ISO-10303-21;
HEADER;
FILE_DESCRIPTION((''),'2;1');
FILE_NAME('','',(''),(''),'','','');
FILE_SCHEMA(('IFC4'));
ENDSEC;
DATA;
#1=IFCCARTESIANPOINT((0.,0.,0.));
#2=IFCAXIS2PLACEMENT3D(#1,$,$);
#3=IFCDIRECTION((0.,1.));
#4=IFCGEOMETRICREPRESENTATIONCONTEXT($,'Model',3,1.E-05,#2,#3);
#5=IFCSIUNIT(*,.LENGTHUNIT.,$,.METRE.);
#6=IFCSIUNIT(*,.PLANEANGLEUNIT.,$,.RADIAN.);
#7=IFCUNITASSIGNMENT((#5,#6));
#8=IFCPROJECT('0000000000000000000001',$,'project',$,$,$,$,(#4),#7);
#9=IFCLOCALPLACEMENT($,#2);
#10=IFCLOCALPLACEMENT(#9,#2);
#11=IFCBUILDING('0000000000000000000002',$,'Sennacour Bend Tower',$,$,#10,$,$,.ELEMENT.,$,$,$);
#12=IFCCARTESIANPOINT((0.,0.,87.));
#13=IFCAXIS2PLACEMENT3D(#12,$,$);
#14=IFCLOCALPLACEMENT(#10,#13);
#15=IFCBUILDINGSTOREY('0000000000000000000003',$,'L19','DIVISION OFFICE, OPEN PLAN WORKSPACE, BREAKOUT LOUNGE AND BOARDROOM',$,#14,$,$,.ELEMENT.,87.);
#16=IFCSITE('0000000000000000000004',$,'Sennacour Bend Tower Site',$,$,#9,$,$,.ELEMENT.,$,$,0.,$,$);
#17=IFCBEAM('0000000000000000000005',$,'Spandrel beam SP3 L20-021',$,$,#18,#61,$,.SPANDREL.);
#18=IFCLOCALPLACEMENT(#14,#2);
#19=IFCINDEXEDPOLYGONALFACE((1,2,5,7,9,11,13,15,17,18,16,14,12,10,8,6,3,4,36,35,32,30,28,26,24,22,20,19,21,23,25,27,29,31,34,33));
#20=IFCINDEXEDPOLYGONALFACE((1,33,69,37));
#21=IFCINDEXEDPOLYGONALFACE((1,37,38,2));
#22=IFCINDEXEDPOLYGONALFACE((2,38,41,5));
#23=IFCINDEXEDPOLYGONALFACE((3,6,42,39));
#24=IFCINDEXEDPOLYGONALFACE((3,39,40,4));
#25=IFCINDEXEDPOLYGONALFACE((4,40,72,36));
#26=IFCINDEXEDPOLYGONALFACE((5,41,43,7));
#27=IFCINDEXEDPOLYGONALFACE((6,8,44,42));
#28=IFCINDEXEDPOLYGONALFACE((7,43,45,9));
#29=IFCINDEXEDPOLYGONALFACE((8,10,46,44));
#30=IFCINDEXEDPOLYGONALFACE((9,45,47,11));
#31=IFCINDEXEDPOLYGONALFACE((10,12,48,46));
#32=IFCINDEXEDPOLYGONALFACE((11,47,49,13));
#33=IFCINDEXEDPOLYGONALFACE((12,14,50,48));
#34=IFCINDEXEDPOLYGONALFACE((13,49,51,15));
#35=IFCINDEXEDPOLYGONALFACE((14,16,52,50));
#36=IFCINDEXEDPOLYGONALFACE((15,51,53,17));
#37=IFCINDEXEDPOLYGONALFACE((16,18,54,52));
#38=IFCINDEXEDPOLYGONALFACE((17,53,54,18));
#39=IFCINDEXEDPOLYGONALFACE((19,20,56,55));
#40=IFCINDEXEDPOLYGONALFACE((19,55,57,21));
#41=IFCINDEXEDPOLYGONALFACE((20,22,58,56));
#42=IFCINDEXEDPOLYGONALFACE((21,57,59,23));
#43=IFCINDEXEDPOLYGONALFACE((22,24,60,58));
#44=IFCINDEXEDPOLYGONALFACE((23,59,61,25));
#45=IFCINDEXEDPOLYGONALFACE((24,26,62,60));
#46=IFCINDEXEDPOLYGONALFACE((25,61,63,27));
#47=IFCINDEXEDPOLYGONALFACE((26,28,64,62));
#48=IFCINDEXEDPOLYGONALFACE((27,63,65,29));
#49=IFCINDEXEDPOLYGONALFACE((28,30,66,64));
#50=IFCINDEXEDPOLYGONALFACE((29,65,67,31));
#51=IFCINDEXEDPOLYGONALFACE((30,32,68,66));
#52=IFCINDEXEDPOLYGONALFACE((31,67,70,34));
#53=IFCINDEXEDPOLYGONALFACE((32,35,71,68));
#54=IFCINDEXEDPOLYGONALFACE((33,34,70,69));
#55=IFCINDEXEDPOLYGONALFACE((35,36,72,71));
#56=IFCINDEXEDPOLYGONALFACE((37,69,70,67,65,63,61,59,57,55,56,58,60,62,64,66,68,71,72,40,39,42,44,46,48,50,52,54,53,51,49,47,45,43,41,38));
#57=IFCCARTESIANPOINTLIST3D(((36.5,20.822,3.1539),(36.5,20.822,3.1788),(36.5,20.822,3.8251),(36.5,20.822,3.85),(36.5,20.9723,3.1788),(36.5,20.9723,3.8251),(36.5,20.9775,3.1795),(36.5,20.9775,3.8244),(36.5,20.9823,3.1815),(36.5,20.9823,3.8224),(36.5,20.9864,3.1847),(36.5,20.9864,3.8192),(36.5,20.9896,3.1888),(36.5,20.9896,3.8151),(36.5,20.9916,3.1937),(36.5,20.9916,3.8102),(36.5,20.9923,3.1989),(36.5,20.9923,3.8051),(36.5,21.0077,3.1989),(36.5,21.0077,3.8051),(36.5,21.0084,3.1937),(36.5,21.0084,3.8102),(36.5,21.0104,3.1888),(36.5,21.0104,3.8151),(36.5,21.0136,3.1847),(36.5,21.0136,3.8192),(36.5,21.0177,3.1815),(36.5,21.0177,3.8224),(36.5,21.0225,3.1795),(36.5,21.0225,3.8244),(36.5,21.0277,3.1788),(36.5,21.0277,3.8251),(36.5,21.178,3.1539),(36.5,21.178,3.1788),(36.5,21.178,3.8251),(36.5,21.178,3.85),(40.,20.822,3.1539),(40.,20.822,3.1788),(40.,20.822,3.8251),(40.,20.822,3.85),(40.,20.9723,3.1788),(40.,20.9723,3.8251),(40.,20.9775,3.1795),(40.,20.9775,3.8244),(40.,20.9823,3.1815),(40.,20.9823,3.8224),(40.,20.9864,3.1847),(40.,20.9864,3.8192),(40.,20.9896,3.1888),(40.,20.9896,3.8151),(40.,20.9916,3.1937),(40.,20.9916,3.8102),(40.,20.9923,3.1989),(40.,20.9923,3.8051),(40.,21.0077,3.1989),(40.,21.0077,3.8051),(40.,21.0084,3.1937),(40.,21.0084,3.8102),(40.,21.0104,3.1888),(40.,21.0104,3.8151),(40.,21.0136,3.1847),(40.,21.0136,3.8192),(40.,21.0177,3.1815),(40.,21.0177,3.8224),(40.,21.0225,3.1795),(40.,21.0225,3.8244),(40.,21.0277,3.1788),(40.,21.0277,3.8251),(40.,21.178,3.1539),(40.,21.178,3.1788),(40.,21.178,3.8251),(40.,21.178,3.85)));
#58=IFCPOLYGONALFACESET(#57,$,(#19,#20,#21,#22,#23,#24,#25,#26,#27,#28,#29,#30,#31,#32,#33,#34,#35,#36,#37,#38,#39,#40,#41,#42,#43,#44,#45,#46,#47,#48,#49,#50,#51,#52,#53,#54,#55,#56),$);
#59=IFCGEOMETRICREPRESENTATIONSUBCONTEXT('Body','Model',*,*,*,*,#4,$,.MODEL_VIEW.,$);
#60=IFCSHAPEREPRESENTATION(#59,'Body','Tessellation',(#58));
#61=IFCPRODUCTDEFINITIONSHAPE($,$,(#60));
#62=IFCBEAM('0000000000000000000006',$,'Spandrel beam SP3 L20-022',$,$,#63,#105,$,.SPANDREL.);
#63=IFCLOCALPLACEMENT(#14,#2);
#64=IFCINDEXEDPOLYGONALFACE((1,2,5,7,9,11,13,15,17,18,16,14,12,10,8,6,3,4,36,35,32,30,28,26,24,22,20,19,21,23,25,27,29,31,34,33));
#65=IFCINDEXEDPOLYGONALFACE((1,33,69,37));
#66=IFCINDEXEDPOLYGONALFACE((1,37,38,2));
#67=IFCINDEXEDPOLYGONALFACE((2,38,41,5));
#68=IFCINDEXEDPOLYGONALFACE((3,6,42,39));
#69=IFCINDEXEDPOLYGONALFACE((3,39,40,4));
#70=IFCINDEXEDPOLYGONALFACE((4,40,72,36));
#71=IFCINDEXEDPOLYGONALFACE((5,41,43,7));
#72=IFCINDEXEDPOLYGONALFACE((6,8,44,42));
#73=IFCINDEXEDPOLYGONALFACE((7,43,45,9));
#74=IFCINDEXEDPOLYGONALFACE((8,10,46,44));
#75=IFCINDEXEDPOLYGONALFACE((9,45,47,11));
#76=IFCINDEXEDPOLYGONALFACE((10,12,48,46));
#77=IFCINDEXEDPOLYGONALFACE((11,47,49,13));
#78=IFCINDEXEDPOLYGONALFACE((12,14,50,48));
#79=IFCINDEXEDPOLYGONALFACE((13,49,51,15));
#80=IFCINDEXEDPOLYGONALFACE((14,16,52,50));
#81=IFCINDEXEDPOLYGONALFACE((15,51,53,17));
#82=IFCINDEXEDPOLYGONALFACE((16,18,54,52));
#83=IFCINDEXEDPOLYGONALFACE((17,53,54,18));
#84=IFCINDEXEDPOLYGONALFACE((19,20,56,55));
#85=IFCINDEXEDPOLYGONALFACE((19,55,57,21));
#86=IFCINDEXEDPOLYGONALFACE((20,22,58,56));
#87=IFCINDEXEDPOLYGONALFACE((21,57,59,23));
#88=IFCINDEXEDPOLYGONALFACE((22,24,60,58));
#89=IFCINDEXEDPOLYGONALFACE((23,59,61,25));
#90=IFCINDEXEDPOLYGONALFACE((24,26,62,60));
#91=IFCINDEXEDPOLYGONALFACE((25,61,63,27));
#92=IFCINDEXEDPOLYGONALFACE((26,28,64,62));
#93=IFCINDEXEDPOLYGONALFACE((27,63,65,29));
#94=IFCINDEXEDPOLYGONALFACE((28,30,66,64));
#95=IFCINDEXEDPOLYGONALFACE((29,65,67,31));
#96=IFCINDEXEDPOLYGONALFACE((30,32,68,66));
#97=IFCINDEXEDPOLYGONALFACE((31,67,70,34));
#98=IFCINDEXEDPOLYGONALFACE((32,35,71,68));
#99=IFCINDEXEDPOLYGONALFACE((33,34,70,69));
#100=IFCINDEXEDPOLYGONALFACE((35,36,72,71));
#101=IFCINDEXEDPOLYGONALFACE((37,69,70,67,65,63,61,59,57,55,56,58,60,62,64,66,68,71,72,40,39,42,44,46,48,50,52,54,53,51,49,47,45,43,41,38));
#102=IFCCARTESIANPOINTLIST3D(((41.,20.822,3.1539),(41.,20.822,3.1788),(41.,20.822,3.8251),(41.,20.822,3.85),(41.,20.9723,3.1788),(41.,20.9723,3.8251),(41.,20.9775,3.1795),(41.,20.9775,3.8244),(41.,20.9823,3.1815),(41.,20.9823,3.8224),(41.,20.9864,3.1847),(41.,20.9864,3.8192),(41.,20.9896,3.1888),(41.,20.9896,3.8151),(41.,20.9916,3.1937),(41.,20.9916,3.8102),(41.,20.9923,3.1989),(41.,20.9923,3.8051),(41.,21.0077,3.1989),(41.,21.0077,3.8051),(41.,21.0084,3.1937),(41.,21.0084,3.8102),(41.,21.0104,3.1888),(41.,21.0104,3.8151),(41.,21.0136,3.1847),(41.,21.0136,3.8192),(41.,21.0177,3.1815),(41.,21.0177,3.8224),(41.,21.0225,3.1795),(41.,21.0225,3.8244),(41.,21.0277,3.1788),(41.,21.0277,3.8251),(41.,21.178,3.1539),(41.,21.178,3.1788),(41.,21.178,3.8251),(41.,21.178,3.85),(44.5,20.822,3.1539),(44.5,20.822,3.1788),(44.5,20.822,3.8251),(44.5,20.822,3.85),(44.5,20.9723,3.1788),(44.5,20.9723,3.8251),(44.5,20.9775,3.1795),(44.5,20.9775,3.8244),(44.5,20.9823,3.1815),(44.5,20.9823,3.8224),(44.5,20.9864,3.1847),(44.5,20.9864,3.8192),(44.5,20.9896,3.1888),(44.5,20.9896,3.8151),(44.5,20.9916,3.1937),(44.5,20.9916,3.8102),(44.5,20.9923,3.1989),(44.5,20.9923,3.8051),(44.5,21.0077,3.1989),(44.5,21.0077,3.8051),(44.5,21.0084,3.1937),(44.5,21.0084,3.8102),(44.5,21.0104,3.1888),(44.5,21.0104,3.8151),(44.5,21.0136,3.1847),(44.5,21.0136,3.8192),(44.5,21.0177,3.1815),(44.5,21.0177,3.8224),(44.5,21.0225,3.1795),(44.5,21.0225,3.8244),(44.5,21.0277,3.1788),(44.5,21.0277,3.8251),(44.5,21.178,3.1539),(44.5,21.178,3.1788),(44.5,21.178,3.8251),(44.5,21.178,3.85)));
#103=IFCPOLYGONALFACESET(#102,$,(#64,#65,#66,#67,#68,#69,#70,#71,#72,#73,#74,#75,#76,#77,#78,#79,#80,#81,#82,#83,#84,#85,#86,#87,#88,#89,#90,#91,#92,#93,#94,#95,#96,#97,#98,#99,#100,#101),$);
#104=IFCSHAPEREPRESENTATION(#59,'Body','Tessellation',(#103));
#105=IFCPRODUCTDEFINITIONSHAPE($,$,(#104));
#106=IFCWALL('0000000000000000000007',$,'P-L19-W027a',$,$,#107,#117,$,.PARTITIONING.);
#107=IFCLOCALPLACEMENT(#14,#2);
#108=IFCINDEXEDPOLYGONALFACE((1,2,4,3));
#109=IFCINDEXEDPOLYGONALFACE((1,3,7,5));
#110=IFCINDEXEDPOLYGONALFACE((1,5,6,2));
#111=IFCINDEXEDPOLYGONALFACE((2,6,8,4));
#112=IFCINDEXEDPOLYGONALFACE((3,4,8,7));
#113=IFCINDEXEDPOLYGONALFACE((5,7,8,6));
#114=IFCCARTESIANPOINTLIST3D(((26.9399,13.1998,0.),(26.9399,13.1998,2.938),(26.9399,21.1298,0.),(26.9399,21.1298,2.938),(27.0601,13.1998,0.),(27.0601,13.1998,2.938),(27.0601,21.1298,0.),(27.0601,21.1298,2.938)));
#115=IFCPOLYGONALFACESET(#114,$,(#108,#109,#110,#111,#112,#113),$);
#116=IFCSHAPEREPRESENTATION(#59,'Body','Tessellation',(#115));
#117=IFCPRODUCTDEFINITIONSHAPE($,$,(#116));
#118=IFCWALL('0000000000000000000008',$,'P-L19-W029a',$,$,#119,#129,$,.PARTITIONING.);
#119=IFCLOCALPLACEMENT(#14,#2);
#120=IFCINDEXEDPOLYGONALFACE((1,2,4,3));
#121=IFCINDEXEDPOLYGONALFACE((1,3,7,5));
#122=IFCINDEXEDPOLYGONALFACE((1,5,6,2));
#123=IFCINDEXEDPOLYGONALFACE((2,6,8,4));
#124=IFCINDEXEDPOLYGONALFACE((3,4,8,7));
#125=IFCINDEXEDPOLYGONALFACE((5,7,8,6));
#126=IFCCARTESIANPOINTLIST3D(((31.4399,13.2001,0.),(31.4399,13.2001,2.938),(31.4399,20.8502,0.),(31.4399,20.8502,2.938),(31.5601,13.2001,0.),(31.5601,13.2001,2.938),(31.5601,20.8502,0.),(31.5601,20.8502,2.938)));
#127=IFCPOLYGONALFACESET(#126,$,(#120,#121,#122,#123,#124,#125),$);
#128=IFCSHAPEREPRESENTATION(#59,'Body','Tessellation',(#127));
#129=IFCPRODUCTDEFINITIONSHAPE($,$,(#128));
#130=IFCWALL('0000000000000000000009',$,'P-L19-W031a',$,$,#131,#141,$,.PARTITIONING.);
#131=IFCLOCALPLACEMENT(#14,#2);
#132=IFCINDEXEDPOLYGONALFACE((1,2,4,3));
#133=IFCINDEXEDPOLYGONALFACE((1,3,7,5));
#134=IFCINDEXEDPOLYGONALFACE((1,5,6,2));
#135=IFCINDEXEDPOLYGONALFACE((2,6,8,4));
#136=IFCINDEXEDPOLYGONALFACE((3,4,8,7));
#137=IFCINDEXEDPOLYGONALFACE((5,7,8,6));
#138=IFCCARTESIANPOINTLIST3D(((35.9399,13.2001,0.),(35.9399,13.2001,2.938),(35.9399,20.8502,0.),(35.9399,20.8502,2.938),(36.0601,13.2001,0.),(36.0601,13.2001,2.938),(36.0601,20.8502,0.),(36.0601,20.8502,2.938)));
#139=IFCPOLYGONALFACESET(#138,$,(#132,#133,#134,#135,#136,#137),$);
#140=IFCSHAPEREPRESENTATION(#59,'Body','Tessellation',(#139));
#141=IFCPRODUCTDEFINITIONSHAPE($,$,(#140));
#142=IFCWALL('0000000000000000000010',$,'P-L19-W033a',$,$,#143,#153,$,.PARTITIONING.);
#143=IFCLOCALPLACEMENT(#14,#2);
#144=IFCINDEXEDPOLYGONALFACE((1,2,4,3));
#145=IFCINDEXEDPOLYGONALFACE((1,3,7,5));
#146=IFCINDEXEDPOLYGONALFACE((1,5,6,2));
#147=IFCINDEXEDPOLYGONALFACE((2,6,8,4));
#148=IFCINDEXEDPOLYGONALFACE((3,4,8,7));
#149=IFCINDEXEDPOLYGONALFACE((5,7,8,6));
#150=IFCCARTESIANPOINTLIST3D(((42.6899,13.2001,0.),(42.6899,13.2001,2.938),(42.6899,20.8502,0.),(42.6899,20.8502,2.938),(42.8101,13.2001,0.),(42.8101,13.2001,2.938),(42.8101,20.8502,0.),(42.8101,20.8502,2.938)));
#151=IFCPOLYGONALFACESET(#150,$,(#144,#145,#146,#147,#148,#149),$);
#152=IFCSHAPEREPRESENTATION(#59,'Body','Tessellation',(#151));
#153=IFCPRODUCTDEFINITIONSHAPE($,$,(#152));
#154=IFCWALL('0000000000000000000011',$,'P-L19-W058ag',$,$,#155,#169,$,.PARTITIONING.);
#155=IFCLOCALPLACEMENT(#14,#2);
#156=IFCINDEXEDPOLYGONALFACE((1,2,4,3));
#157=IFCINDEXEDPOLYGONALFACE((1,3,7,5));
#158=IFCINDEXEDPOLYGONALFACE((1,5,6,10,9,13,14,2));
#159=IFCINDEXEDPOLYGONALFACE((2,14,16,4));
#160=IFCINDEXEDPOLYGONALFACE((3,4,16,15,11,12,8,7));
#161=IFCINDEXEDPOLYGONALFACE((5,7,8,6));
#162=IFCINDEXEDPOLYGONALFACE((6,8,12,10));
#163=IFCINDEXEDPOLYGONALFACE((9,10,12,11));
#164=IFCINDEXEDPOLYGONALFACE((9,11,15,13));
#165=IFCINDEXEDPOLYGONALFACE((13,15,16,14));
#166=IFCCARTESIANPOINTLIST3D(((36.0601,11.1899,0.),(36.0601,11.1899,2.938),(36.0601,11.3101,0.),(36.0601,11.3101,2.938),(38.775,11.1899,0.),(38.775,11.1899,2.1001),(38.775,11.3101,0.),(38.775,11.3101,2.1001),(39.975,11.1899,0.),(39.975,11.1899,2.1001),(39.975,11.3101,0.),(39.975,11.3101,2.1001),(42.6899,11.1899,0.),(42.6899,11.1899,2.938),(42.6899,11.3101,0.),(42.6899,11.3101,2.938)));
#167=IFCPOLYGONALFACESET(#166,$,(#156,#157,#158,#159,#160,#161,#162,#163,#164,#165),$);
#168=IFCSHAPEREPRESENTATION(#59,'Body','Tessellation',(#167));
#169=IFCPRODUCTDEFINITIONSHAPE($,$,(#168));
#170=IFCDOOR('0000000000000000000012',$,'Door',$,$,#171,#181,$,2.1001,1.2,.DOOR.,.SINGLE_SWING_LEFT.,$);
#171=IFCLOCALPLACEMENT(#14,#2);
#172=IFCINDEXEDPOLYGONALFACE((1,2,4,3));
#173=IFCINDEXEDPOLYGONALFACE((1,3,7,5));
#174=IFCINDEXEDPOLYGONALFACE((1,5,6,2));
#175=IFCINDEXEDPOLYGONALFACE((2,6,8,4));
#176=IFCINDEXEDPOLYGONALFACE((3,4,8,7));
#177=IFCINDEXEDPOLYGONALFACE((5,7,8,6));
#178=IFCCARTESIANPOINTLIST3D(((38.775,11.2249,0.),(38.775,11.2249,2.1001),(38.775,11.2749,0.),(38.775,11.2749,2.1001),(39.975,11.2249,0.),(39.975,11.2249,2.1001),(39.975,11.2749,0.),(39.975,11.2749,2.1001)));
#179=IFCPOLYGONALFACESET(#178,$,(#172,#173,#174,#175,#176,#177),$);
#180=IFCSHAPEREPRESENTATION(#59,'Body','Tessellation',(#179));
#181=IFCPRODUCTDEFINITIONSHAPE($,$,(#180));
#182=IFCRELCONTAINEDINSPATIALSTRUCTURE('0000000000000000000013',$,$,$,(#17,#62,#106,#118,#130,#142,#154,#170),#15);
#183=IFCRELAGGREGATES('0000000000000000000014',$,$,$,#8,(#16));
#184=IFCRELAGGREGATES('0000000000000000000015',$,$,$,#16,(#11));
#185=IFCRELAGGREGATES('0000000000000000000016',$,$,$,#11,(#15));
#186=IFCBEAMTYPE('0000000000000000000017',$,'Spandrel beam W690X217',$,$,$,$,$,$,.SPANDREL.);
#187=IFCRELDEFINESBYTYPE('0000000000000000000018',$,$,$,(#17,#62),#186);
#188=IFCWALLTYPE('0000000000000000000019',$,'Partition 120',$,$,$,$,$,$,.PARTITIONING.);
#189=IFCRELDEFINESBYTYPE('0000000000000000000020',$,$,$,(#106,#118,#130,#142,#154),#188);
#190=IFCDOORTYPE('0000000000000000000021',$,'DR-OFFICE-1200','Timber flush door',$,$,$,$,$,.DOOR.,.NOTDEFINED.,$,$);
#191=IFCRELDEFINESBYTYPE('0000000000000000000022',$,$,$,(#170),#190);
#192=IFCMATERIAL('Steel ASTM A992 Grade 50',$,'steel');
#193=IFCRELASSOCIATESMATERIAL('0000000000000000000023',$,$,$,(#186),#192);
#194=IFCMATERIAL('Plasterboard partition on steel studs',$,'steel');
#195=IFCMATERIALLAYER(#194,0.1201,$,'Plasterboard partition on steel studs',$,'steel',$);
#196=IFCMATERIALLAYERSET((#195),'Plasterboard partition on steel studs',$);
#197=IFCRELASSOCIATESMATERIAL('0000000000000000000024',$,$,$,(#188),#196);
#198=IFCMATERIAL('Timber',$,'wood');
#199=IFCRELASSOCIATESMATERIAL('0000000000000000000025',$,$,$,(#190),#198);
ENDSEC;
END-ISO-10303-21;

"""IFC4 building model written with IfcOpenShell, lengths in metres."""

from ifc_helpers import new_model, si_unit, direction, frame, frame_2d, origin, origin_2d, place, context, subcontext, project, spatial, rectangle, i_section, extrude, material, layer, layer_set, material_profile, profile_set, type_object, element, fill, save


model = new_model("IFC4")

# Units and contexts
model_context = context("Model", 3, precision=1e-05, world=origin(), true_north=direction((0.0, 1.0)))
body_context = subcontext(model_context, "Body", "Model", "MODEL_VIEW")
ifc_project = project(units=[si_unit("LENGTHUNIT", "METRE"), si_unit("PLANEANGLEUNIT", "RADIAN")], contexts=[model_context])

# Site, building, storey
site_placement = place(None, origin())
site = spatial("IfcSite", under=ifc_project, at=site_placement, Name="Sennacour Bend Tower Site", CompositionType="ELEMENT", RefElevation=0.0)
building_placement = place(site_placement, origin())
building = spatial("IfcBuilding", under=site, at=building_placement, Name="Sennacour Bend Tower", CompositionType="ELEMENT")
storey_placement = place(building_placement, frame((0.0, 0.0, 87.0)))
storey = spatial("IfcBuildingStorey", under=building, at=storey_placement, Name="L19", Description="DIVISION OFFICE, OPEN PLAN WORKSPACE, BREAKOUT LOUNGE AND BOARDROOM", CompositionType="ELEMENT", Elevation=87.0)

# Beams
ifc_material_1 = material(Name="Steel ASTM A992 Grade 50", Category="steel")
ifc_material_profile_1 = material_profile(ifc_material_1, i_section(OverallWidth=0.356, OverallDepth=0.696, WebThickness=0.0154, FlangeThickness=0.0249, FilletRadius=0.02, at=origin_2d()), Name="Steel ASTM A992 Grade 50", Category="steel")
ifc_profile_set_1 = profile_set([ifc_material_profile_1], Name="Steel ASTM A992 Grade 50")
beam_type = type_object("IfcBeamType", Name="Spandrel beam W690X217", PredefinedType="SPANDREL", material=ifc_profile_set_1)
for number, where, z_axis, x_axis, name in (
    (1, (36.5, 21.0, 3.502), (1.0, 0.0, 0.0), (0.0, 1.0, 0.0), "Spandrel beam SP3 L20-021"),
    (2, (41.0, 21.0, 3.502), (1.0, 0.0, 0.0), (0.0, 1.0, 0.0), "Spandrel beam SP3 L20-022"),
):
    element("IfcBeam", number, at=place(storey_placement, frame(where, z_axis=z_axis, x_axis=x_axis)), inside=storey, type_object=beam_type, Name=name, PredefinedType="SPANDREL", context=body_context, shape_type="SweptSolid", body=[
        extrude(i_section(OverallWidth=0.356, OverallDepth=0.696, WebThickness=0.0154, FlangeThickness=0.0249, FilletRadius=0.02, at=origin_2d()), origin(), (0.0, 0.0, 1.0), 3.5),
    ])

# Walls
ifc_material_2 = material(Name="Plasterboard partition on steel studs", Category="steel")
ifc_layer_1 = layer(ifc_material_2, 0.1201, Name="Plasterboard partition on steel studs", Category="steel")
ifc_layer_set_1 = layer_set([ifc_layer_1], Name="Plasterboard partition on steel studs")
wall_type_1 = type_object("IfcWallType", Name="Partition 120", PredefinedType="PARTITIONING", material=ifc_layer_set_1)
wall_1_placement = place(storey_placement, frame((27.0, 13.2, 0.0), z_axis=(0.0, 0.0, 1.0), x_axis=(0.0, 1.0, 0.0)))
element("IfcWall", 3, at=wall_1_placement, inside=storey, type_object=wall_type_1, Name="P-L19-W027a", PredefinedType="PARTITIONING", context=body_context, shape_type="SweptSolid", body=[
    extrude(rectangle(XDim=7.9299, YDim=0.1201, at=frame_2d((3.9648, 0.0))), origin(), (0.0, 0.0, 1.0), 2.938),
])
for number, where, z_axis, x_axis, name in (
    (4, (31.5, 13.2, 0.0), (0.0, 0.0, 1.0), (0.0, 1.0, 0.0), "P-L19-W029a"),
    (5, (36.0, 13.2, 0.0), (0.0, 0.0, 1.0), (0.0, 1.0, 0.0), "P-L19-W031a"),
    (6, (42.75, 13.2, 0.0), (0.0, 0.0, 1.0), (0.0, 1.0, 0.0), "P-L19-W033a"),
):
    element("IfcWall", number, at=place(storey_placement, frame(where, z_axis=z_axis, x_axis=x_axis)), inside=storey, type_object=wall_type_1, Name=name, PredefinedType="PARTITIONING", context=body_context, shape_type="SweptSolid", body=[
        extrude(rectangle(XDim=7.6501, YDim=0.1201, at=frame_2d((3.8252, 0.0))), origin(), (0.0, 0.0, 1.0), 2.938),
    ])

# Wall, opening, door
wall_2_placement = place(storey_placement, frame((36.0601, 11.25, 0.0), z_axis=(0.0, 0.0, 1.0), x_axis=(1.0, 0.0, 0.0)))
wall_2 = element("IfcWall", 7, at=wall_2_placement, inside=storey, type_object=wall_type_1, Name="P-L19-W058ag", PredefinedType="PARTITIONING", context=body_context, shape_type="SweptSolid", body=[
    extrude(rectangle(XDim=6.6299, YDim=0.1201, at=frame_2d((3.3149, 0.0))), origin(), (0.0, 0.0, 1.0), 2.938),
])
opening_1_placement = place(wall_2_placement, frame((2.7148, 0.0, 0.0)))
opening_1 = element("IfcOpeningElement", 8, at=opening_1_placement, cuts=wall_2, PredefinedType="OPENING", context=body_context, shape_type="SweptSolid", body=[
    extrude(rectangle(XDim=1.2, YDim=2.1001, at=frame_2d((0.6001, 1.05))), frame((0.0, 0.0701, 0.0), z_axis=(0.0, -1.0, 0.0), x_axis=(1.0, 0.0, 0.0)), (0.0, 0.0, 1.0), 0.1401),
])
ifc_material_3 = material(Name="Timber", Category="wood")
door_type_1 = type_object("IfcDoorType", Name="DR-OFFICE-1200", Description="Timber flush door", OperationType="NOTDEFINED", PredefinedType="DOOR", material=ifc_material_3)
door_1_placement = place(opening_1_placement, origin())
door_1 = element("IfcDoor", 9, at=door_1_placement, inside=storey, type_object=door_type_1, Name="Door", OperationType="SINGLE_SWING_LEFT", OverallHeight=2.1001, OverallWidth=1.2, PredefinedType="DOOR", context=body_context, shape_type="SweptSolid", body=[
    extrude(rectangle(XDim=1.2, YDim=2.1001, at=frame_2d((0.6001, 1.05))), frame((0.0, 0.0249, 0.0), z_axis=(0.0, -1.0, 0.0), x_axis=(1.0, 0.0, 0.0)), (0.0, 0.0, 1.0), 0.05),
])
fill(opening_1, door_1)

save(model, "model.ifc")
